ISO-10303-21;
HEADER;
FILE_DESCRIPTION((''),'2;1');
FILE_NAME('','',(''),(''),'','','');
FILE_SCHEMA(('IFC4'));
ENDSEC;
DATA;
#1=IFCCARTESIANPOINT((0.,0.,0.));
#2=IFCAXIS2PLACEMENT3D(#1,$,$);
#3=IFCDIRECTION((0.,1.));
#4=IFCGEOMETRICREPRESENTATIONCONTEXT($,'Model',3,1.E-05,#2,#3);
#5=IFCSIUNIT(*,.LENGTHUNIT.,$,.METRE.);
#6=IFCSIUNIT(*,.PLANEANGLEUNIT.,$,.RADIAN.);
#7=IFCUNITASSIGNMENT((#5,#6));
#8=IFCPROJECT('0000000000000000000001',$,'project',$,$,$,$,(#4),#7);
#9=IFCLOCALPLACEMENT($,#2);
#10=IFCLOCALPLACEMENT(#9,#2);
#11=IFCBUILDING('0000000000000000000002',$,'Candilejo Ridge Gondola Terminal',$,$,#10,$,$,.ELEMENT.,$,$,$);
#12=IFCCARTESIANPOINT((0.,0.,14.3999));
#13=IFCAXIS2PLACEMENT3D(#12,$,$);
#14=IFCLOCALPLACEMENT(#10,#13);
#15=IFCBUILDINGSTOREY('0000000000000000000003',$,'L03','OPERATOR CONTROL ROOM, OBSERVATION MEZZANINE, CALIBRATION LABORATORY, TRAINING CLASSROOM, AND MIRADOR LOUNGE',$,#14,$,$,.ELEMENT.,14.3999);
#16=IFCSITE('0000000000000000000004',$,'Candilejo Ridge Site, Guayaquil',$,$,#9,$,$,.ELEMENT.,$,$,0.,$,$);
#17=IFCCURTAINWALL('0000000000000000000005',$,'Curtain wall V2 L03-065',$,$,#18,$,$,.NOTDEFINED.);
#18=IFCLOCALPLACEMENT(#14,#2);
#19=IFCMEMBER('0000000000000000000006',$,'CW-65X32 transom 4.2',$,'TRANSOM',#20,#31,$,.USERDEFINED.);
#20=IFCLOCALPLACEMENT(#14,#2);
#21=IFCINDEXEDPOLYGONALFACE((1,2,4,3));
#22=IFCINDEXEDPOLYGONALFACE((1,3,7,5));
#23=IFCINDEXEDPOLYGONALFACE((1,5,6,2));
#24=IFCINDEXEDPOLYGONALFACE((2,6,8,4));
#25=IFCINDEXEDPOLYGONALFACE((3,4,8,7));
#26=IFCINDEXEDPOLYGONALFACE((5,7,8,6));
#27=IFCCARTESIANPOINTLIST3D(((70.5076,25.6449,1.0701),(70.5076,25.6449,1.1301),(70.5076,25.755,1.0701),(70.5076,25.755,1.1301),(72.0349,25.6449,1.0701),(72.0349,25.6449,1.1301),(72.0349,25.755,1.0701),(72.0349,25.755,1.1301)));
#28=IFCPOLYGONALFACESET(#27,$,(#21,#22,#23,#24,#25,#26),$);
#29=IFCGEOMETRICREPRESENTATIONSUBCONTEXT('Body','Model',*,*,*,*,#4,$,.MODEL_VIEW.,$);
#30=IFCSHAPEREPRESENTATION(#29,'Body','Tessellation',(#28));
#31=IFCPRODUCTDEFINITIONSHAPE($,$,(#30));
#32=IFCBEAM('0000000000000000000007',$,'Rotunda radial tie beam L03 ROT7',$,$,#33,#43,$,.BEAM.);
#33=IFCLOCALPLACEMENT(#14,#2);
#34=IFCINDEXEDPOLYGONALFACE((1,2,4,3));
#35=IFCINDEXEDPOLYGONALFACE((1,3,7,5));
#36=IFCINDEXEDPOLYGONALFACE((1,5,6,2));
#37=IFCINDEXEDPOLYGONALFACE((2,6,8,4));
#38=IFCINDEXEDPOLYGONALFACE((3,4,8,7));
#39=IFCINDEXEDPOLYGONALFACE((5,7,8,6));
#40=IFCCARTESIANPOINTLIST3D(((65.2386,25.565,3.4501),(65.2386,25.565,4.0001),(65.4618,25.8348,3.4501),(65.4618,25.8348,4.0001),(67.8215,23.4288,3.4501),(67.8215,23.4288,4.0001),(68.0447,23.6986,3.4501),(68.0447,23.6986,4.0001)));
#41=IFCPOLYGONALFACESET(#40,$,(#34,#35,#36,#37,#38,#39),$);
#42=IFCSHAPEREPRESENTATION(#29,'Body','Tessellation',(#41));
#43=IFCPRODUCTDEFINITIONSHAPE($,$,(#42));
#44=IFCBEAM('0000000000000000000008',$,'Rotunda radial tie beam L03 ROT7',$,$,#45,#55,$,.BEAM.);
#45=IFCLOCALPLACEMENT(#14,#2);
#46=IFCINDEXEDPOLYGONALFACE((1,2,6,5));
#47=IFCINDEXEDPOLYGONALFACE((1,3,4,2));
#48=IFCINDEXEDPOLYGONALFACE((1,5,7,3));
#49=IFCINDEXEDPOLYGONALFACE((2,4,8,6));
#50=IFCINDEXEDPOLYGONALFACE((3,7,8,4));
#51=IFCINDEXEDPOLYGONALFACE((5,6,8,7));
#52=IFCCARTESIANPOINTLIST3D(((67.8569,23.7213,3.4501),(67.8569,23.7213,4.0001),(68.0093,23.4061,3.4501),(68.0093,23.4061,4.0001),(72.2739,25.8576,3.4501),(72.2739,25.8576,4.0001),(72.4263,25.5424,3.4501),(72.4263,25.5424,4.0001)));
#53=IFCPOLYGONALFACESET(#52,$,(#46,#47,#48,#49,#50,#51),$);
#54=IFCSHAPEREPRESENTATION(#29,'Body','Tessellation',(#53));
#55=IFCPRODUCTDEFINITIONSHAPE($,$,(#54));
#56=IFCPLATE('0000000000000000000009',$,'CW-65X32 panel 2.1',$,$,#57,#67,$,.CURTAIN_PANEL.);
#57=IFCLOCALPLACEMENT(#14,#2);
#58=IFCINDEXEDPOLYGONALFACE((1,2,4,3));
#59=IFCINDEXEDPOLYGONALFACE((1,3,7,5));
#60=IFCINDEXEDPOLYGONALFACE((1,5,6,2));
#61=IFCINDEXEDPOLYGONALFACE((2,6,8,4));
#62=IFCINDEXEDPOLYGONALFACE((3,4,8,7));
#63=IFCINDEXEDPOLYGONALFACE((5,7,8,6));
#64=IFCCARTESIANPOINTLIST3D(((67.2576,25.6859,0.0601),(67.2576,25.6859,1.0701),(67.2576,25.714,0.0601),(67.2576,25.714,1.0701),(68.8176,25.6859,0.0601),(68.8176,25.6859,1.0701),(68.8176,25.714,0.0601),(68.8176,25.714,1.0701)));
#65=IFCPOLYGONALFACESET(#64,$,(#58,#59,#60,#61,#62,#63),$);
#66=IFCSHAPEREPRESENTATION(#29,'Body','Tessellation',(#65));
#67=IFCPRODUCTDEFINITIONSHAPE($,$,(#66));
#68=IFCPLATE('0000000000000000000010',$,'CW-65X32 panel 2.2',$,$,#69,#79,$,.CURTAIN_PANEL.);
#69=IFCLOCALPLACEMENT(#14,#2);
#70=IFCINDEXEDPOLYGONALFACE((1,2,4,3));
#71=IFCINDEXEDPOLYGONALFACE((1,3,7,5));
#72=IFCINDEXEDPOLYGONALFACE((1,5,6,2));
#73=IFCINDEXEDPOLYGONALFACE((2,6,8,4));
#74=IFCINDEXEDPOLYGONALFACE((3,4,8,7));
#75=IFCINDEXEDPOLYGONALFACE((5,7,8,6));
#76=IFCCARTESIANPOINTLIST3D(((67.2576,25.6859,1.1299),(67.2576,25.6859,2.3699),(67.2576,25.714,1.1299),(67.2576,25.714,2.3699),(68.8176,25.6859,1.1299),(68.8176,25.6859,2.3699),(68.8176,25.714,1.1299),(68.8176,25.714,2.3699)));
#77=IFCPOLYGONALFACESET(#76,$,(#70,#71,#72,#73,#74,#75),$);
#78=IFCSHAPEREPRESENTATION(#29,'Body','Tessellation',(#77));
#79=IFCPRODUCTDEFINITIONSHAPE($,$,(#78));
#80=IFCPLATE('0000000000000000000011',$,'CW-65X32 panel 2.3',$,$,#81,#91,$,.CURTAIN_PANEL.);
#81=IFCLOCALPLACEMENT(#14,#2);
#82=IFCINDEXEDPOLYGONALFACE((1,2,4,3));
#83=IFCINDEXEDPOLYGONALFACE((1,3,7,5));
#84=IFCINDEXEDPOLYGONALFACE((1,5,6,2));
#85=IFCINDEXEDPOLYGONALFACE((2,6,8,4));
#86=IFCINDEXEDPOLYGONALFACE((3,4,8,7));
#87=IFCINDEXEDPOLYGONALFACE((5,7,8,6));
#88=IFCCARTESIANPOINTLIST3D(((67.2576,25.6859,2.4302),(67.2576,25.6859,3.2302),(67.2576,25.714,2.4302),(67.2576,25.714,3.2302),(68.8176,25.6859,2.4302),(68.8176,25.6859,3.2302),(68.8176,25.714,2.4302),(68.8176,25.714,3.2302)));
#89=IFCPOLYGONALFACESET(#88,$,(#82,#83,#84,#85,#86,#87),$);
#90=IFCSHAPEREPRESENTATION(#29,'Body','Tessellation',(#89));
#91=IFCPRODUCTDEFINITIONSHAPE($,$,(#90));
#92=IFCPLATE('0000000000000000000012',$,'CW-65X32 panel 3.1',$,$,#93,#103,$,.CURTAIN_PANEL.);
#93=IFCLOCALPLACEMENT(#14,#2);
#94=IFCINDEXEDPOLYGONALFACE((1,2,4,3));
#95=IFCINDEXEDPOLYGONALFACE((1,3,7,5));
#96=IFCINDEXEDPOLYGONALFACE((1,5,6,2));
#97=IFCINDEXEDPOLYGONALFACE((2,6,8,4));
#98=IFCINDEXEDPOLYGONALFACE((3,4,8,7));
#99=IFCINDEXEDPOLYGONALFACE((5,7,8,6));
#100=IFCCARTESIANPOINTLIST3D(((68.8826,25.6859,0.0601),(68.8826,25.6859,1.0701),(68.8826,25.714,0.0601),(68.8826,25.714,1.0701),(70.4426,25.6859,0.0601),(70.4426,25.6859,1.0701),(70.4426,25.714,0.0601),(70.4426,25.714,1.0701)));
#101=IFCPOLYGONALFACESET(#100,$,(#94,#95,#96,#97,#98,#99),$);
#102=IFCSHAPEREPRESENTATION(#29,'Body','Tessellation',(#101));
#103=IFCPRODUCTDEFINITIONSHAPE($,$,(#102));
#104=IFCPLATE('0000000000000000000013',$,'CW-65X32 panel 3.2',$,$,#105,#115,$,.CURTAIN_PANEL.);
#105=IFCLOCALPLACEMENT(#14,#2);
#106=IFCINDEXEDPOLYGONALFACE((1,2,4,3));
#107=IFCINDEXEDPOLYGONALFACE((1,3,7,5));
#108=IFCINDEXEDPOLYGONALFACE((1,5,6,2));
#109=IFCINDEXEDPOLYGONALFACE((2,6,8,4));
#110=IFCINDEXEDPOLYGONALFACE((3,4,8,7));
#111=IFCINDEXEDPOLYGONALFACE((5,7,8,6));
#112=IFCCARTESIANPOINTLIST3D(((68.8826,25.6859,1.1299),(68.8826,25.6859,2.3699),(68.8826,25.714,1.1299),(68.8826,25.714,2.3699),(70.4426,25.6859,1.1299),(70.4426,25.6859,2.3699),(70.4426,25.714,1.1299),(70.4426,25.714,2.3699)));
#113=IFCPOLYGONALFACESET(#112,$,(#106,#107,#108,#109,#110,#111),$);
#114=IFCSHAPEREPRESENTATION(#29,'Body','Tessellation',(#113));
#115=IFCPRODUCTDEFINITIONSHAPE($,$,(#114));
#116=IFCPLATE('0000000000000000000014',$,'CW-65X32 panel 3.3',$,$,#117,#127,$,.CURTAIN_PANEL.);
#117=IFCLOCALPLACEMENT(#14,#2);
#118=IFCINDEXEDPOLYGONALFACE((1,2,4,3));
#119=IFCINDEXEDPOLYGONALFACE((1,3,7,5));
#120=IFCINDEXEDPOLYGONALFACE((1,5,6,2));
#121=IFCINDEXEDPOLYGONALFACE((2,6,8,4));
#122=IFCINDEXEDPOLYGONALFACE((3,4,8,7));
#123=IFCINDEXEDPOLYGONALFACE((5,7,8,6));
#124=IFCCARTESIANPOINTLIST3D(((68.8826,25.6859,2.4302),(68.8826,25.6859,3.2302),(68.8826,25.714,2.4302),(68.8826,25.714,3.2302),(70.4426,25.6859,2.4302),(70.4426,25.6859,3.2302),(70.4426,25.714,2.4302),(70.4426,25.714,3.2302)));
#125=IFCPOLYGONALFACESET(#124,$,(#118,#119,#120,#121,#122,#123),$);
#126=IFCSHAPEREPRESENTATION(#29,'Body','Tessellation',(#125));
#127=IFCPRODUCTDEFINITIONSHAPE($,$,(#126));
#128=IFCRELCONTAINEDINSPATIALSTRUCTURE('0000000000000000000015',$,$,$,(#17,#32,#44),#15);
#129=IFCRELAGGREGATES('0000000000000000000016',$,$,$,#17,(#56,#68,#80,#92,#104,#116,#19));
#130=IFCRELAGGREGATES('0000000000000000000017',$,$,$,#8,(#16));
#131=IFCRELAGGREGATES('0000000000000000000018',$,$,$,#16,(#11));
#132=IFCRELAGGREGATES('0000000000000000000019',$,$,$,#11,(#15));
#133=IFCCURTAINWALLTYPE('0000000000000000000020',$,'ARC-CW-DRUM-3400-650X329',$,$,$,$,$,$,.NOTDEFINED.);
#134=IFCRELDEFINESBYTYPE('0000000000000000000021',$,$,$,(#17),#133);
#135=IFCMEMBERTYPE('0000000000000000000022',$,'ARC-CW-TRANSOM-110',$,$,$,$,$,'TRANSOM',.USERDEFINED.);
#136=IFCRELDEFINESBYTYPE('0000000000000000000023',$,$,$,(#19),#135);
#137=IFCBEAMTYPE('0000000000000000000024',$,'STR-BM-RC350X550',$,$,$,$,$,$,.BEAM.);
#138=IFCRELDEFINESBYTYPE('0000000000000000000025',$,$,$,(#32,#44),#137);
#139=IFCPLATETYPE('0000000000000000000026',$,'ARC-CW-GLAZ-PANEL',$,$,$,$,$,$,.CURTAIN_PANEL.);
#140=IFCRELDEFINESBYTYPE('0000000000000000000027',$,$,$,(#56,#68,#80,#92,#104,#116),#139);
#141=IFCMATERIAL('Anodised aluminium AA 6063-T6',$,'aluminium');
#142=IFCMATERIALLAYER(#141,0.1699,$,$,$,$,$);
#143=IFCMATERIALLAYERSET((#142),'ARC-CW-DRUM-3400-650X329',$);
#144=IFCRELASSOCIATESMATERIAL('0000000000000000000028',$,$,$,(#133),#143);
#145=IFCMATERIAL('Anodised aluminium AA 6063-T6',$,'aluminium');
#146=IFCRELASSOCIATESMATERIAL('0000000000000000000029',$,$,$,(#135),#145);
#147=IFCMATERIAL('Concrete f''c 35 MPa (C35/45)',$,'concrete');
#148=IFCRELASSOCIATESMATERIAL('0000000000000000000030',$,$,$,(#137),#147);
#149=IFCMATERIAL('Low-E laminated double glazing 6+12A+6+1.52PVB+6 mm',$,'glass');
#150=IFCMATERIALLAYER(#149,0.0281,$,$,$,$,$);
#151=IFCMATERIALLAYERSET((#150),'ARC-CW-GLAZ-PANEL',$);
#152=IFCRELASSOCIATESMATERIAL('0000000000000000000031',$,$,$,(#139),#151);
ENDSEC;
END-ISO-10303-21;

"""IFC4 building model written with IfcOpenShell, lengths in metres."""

from ifc_helpers import new_model, si_unit, direction, frame, origin, origin_2d, place, context, subcontext, project, spatial, rectangle, extrude, material, layer, layer_set, material_profile, profile_set, type_object, element, aggregate, save


model = new_model("IFC4")

# Units and contexts
model_context = context("Model", 3, precision=1e-05, world=origin(), true_north=direction((0.0, 1.0)))
body_context = subcontext(model_context, "Body", "Model", "MODEL_VIEW")
ifc_project = project(units=[si_unit("LENGTHUNIT", "METRE"), si_unit("PLANEANGLEUNIT", "RADIAN")], contexts=[model_context])

# Site, building, storey
site_placement = place(None, origin())
site = spatial("IfcSite", under=ifc_project, at=site_placement, Name="Candilejo Ridge Site, Guayaquil", CompositionType="ELEMENT", RefElevation=0.0)
building_placement = place(site_placement, origin())
building = spatial("IfcBuilding", under=site, at=building_placement, Name="Candilejo Ridge Gondola Terminal", CompositionType="ELEMENT")
storey_placement = place(building_placement, frame((0.0, 0.0, 14.3999)))
storey = spatial("IfcBuildingStorey", under=building, at=storey_placement, Name="L03", Description="OPERATOR CONTROL ROOM, OBSERVATION MEZZANINE, CALIBRATION LABORATORY, TRAINING CLASSROOM, AND MIRADOR LOUNGE", CompositionType="ELEMENT", Elevation=14.3999)

# Curtain wall, member
ifc_material_1 = material(Name="Anodised aluminium AA 6063-T6", Category="aluminium")
ifc_layer_1 = layer(ifc_material_1, 0.1699)
ifc_layer_set_1 = layer_set([ifc_layer_1], Name="ARC-CW-DRUM-3400-650X329")
curtain_wall_type = type_object("IfcCurtainWallType", Name="ARC-CW-DRUM-3400-650X329", PredefinedType="NOTDEFINED", material=ifc_layer_set_1)
curtain_wall_placement = place(storey_placement, origin())
curtain_wall = element("IfcCurtainWall", 1, at=curtain_wall_placement, inside=storey, type_object=curtain_wall_type, Name="Curtain wall V2 L03-065", PredefinedType="NOTDEFINED")
ifc_material_2 = material(Name="Anodised aluminium AA 6063-T6", Category="aluminium")
ifc_material_profile_1 = material_profile(ifc_material_2, rectangle(XDim=0.1101, YDim=0.0601, at=origin_2d()))
ifc_profile_set_1 = profile_set([ifc_material_profile_1], Name="Anodised aluminium AA 6063-T6")
member_type_1 = type_object("IfcMemberType", Name="ARC-CW-TRANSOM-110", ElementType="TRANSOM", PredefinedType="USERDEFINED", material=ifc_profile_set_1)
member_1_placement = place(storey_placement, frame((70.5076, 25.7, 1.1001), z_axis=(1.0, 0.0, 0.0), x_axis=(0.0, 1.0, 0.0)))
member_1 = element("IfcMember", 2, at=member_1_placement, type_object=member_type_1, Name="CW-65X32 transom 4.2", ObjectType="TRANSOM", PredefinedType="USERDEFINED", context=body_context, shape_type="SweptSolid", body=[
    extrude(rectangle(XDim=0.1101, YDim=0.0601, at=origin_2d()), origin(), (0.0, 0.0, 1.0), 1.5273),
])

# Beams
ifc_material_3 = material(Name="Concrete f'c 35 MPa (C35/45)", Category="concrete")
ifc_material_profile_2 = material_profile(ifc_material_3, rectangle(XDim=0.3501, YDim=0.55, at=origin_2d()))
ifc_profile_set_2 = profile_set([ifc_material_profile_2], Name="Concrete f'c 35 MPa (C35/45)")
beam_type = type_object("IfcBeamType", Name="STR-BM-RC350X550", PredefinedType="BEAM", material=ifc_profile_set_2)
beam_1_placement = place(storey_placement, frame((67.9331, 23.5637, 3.7251), z_axis=(-0.770604, 0.637314, 0.0), x_axis=(-0.637314, -0.770604, 0.0)))
element("IfcBeam", 3, at=beam_1_placement, inside=storey, type_object=beam_type, Name="Rotunda radial tie beam L03 ROT7", PredefinedType="BEAM", context=body_context, shape_type="SweptSolid", body=[
    extrude(rectangle(XDim=0.3501, YDim=0.55, at=origin_2d()), origin(), (0.0, 0.0, 1.0), 3.3518),
])
beam_2_placement = place(storey_placement, frame((67.9331, 23.5637, 3.7251), z_axis=(0.900241, 0.435392, 0.0), x_axis=(-0.435392, 0.900241, 0.0)))
element("IfcBeam", 4, at=beam_2_placement, inside=storey, type_object=beam_type, Name="Rotunda radial tie beam L03 ROT7", PredefinedType="BEAM", context=body_context, shape_type="SweptSolid", body=[
    extrude(rectangle(XDim=0.3501, YDim=0.55, at=origin_2d()), origin(), (0.0, 0.0, 1.0), 4.9065),
])

# Plates
ifc_material_4 = material(Name="Low-E laminated double glazing 6+12A+6+1.52PVB+6 mm", Category="glass")
ifc_layer_2 = layer(ifc_material_4, 0.0281)
ifc_layer_set_2 = layer_set([ifc_layer_2], Name="ARC-CW-GLAZ-PANEL")
plate_type = type_object("IfcPlateType", Name="ARC-CW-GLAZ-PANEL", PredefinedType="CURTAIN_PANEL", material=ifc_layer_set_2)
plate_1_placement = place(storey_placement, frame((68.0376, 25.7, 0.0601), z_axis=(0.0, 0.0, 1.0), x_axis=(1.0, 0.0, 0.0)))
plate_1 = element("IfcPlate", 5, at=plate_1_placement, type_object=plate_type, Name="CW-65X32 panel 2.1", PredefinedType="CURTAIN_PANEL", context=body_context, shape_type="SweptSolid", body=[
    extrude(rectangle(XDim=1.5601, YDim=0.0281, at=origin_2d()), origin(), (0.0, 0.0, 1.0), 1.01),
])
plate_2_placement = place(storey_placement, frame((68.0376, 25.7, 1.1299), z_axis=(0.0, 0.0, 1.0), x_axis=(1.0, 0.0, 0.0)))
plate_2 = element("IfcPlate", 6, at=plate_2_placement, type_object=plate_type, Name="CW-65X32 panel 2.2", PredefinedType="CURTAIN_PANEL", context=body_context, shape_type="SweptSolid", body=[
    extrude(rectangle(XDim=1.5601, YDim=0.0281, at=origin_2d()), origin(), (0.0, 0.0, 1.0), 1.24),
])
plate_3_placement = place(storey_placement, frame((68.0376, 25.7, 2.4302), z_axis=(0.0, 0.0, 1.0), x_axis=(1.0, 0.0, 0.0)))
plate_3 = element("IfcPlate", 7, at=plate_3_placement, type_object=plate_type, Name="CW-65X32 panel 2.3", PredefinedType="CURTAIN_PANEL", context=body_context, shape_type="SweptSolid", body=[
    extrude(rectangle(XDim=1.5601, YDim=0.0281, at=origin_2d()), origin(), (0.0, 0.0, 1.0), 0.8),
])
plate_4_placement = place(storey_placement, frame((69.6626, 25.7, 0.0601), z_axis=(0.0, 0.0, 1.0), x_axis=(1.0, 0.0, 0.0)))
plate_4 = element("IfcPlate", 8, at=plate_4_placement, type_object=plate_type, Name="CW-65X32 panel 3.1", PredefinedType="CURTAIN_PANEL", context=body_context, shape_type="SweptSolid", body=[
    extrude(rectangle(XDim=1.5601, YDim=0.0281, at=origin_2d()), origin(), (0.0, 0.0, 1.0), 1.01),
])
plate_5_placement = place(storey_placement, frame((69.6626, 25.7, 1.1299), z_axis=(0.0, 0.0, 1.0), x_axis=(1.0, 0.0, 0.0)))
plate_5 = element("IfcPlate", 9, at=plate_5_placement, type_object=plate_type, Name="CW-65X32 panel 3.2", PredefinedType="CURTAIN_PANEL", context=body_context, shape_type="SweptSolid", body=[
    extrude(rectangle(XDim=1.5601, YDim=0.0281, at=origin_2d()), origin(), (0.0, 0.0, 1.0), 1.24),
])
plate_6_placement = place(storey_placement, frame((69.6626, 25.7, 2.4302), z_axis=(0.0, 0.0, 1.0), x_axis=(1.0, 0.0, 0.0)))
plate_6 = element("IfcPlate", 10, at=plate_6_placement, type_object=plate_type, Name="CW-65X32 panel 3.3", PredefinedType="CURTAIN_PANEL", context=body_context, shape_type="SweptSolid", body=[
    extrude(rectangle(XDim=1.5601, YDim=0.0281, at=origin_2d()), origin(), (0.0, 0.0, 1.0), 0.8),
])
aggregate(curtain_wall, [plate_1, plate_2, plate_3, plate_4, plate_5, plate_6, member_1])

save(model, "model.ifc")
